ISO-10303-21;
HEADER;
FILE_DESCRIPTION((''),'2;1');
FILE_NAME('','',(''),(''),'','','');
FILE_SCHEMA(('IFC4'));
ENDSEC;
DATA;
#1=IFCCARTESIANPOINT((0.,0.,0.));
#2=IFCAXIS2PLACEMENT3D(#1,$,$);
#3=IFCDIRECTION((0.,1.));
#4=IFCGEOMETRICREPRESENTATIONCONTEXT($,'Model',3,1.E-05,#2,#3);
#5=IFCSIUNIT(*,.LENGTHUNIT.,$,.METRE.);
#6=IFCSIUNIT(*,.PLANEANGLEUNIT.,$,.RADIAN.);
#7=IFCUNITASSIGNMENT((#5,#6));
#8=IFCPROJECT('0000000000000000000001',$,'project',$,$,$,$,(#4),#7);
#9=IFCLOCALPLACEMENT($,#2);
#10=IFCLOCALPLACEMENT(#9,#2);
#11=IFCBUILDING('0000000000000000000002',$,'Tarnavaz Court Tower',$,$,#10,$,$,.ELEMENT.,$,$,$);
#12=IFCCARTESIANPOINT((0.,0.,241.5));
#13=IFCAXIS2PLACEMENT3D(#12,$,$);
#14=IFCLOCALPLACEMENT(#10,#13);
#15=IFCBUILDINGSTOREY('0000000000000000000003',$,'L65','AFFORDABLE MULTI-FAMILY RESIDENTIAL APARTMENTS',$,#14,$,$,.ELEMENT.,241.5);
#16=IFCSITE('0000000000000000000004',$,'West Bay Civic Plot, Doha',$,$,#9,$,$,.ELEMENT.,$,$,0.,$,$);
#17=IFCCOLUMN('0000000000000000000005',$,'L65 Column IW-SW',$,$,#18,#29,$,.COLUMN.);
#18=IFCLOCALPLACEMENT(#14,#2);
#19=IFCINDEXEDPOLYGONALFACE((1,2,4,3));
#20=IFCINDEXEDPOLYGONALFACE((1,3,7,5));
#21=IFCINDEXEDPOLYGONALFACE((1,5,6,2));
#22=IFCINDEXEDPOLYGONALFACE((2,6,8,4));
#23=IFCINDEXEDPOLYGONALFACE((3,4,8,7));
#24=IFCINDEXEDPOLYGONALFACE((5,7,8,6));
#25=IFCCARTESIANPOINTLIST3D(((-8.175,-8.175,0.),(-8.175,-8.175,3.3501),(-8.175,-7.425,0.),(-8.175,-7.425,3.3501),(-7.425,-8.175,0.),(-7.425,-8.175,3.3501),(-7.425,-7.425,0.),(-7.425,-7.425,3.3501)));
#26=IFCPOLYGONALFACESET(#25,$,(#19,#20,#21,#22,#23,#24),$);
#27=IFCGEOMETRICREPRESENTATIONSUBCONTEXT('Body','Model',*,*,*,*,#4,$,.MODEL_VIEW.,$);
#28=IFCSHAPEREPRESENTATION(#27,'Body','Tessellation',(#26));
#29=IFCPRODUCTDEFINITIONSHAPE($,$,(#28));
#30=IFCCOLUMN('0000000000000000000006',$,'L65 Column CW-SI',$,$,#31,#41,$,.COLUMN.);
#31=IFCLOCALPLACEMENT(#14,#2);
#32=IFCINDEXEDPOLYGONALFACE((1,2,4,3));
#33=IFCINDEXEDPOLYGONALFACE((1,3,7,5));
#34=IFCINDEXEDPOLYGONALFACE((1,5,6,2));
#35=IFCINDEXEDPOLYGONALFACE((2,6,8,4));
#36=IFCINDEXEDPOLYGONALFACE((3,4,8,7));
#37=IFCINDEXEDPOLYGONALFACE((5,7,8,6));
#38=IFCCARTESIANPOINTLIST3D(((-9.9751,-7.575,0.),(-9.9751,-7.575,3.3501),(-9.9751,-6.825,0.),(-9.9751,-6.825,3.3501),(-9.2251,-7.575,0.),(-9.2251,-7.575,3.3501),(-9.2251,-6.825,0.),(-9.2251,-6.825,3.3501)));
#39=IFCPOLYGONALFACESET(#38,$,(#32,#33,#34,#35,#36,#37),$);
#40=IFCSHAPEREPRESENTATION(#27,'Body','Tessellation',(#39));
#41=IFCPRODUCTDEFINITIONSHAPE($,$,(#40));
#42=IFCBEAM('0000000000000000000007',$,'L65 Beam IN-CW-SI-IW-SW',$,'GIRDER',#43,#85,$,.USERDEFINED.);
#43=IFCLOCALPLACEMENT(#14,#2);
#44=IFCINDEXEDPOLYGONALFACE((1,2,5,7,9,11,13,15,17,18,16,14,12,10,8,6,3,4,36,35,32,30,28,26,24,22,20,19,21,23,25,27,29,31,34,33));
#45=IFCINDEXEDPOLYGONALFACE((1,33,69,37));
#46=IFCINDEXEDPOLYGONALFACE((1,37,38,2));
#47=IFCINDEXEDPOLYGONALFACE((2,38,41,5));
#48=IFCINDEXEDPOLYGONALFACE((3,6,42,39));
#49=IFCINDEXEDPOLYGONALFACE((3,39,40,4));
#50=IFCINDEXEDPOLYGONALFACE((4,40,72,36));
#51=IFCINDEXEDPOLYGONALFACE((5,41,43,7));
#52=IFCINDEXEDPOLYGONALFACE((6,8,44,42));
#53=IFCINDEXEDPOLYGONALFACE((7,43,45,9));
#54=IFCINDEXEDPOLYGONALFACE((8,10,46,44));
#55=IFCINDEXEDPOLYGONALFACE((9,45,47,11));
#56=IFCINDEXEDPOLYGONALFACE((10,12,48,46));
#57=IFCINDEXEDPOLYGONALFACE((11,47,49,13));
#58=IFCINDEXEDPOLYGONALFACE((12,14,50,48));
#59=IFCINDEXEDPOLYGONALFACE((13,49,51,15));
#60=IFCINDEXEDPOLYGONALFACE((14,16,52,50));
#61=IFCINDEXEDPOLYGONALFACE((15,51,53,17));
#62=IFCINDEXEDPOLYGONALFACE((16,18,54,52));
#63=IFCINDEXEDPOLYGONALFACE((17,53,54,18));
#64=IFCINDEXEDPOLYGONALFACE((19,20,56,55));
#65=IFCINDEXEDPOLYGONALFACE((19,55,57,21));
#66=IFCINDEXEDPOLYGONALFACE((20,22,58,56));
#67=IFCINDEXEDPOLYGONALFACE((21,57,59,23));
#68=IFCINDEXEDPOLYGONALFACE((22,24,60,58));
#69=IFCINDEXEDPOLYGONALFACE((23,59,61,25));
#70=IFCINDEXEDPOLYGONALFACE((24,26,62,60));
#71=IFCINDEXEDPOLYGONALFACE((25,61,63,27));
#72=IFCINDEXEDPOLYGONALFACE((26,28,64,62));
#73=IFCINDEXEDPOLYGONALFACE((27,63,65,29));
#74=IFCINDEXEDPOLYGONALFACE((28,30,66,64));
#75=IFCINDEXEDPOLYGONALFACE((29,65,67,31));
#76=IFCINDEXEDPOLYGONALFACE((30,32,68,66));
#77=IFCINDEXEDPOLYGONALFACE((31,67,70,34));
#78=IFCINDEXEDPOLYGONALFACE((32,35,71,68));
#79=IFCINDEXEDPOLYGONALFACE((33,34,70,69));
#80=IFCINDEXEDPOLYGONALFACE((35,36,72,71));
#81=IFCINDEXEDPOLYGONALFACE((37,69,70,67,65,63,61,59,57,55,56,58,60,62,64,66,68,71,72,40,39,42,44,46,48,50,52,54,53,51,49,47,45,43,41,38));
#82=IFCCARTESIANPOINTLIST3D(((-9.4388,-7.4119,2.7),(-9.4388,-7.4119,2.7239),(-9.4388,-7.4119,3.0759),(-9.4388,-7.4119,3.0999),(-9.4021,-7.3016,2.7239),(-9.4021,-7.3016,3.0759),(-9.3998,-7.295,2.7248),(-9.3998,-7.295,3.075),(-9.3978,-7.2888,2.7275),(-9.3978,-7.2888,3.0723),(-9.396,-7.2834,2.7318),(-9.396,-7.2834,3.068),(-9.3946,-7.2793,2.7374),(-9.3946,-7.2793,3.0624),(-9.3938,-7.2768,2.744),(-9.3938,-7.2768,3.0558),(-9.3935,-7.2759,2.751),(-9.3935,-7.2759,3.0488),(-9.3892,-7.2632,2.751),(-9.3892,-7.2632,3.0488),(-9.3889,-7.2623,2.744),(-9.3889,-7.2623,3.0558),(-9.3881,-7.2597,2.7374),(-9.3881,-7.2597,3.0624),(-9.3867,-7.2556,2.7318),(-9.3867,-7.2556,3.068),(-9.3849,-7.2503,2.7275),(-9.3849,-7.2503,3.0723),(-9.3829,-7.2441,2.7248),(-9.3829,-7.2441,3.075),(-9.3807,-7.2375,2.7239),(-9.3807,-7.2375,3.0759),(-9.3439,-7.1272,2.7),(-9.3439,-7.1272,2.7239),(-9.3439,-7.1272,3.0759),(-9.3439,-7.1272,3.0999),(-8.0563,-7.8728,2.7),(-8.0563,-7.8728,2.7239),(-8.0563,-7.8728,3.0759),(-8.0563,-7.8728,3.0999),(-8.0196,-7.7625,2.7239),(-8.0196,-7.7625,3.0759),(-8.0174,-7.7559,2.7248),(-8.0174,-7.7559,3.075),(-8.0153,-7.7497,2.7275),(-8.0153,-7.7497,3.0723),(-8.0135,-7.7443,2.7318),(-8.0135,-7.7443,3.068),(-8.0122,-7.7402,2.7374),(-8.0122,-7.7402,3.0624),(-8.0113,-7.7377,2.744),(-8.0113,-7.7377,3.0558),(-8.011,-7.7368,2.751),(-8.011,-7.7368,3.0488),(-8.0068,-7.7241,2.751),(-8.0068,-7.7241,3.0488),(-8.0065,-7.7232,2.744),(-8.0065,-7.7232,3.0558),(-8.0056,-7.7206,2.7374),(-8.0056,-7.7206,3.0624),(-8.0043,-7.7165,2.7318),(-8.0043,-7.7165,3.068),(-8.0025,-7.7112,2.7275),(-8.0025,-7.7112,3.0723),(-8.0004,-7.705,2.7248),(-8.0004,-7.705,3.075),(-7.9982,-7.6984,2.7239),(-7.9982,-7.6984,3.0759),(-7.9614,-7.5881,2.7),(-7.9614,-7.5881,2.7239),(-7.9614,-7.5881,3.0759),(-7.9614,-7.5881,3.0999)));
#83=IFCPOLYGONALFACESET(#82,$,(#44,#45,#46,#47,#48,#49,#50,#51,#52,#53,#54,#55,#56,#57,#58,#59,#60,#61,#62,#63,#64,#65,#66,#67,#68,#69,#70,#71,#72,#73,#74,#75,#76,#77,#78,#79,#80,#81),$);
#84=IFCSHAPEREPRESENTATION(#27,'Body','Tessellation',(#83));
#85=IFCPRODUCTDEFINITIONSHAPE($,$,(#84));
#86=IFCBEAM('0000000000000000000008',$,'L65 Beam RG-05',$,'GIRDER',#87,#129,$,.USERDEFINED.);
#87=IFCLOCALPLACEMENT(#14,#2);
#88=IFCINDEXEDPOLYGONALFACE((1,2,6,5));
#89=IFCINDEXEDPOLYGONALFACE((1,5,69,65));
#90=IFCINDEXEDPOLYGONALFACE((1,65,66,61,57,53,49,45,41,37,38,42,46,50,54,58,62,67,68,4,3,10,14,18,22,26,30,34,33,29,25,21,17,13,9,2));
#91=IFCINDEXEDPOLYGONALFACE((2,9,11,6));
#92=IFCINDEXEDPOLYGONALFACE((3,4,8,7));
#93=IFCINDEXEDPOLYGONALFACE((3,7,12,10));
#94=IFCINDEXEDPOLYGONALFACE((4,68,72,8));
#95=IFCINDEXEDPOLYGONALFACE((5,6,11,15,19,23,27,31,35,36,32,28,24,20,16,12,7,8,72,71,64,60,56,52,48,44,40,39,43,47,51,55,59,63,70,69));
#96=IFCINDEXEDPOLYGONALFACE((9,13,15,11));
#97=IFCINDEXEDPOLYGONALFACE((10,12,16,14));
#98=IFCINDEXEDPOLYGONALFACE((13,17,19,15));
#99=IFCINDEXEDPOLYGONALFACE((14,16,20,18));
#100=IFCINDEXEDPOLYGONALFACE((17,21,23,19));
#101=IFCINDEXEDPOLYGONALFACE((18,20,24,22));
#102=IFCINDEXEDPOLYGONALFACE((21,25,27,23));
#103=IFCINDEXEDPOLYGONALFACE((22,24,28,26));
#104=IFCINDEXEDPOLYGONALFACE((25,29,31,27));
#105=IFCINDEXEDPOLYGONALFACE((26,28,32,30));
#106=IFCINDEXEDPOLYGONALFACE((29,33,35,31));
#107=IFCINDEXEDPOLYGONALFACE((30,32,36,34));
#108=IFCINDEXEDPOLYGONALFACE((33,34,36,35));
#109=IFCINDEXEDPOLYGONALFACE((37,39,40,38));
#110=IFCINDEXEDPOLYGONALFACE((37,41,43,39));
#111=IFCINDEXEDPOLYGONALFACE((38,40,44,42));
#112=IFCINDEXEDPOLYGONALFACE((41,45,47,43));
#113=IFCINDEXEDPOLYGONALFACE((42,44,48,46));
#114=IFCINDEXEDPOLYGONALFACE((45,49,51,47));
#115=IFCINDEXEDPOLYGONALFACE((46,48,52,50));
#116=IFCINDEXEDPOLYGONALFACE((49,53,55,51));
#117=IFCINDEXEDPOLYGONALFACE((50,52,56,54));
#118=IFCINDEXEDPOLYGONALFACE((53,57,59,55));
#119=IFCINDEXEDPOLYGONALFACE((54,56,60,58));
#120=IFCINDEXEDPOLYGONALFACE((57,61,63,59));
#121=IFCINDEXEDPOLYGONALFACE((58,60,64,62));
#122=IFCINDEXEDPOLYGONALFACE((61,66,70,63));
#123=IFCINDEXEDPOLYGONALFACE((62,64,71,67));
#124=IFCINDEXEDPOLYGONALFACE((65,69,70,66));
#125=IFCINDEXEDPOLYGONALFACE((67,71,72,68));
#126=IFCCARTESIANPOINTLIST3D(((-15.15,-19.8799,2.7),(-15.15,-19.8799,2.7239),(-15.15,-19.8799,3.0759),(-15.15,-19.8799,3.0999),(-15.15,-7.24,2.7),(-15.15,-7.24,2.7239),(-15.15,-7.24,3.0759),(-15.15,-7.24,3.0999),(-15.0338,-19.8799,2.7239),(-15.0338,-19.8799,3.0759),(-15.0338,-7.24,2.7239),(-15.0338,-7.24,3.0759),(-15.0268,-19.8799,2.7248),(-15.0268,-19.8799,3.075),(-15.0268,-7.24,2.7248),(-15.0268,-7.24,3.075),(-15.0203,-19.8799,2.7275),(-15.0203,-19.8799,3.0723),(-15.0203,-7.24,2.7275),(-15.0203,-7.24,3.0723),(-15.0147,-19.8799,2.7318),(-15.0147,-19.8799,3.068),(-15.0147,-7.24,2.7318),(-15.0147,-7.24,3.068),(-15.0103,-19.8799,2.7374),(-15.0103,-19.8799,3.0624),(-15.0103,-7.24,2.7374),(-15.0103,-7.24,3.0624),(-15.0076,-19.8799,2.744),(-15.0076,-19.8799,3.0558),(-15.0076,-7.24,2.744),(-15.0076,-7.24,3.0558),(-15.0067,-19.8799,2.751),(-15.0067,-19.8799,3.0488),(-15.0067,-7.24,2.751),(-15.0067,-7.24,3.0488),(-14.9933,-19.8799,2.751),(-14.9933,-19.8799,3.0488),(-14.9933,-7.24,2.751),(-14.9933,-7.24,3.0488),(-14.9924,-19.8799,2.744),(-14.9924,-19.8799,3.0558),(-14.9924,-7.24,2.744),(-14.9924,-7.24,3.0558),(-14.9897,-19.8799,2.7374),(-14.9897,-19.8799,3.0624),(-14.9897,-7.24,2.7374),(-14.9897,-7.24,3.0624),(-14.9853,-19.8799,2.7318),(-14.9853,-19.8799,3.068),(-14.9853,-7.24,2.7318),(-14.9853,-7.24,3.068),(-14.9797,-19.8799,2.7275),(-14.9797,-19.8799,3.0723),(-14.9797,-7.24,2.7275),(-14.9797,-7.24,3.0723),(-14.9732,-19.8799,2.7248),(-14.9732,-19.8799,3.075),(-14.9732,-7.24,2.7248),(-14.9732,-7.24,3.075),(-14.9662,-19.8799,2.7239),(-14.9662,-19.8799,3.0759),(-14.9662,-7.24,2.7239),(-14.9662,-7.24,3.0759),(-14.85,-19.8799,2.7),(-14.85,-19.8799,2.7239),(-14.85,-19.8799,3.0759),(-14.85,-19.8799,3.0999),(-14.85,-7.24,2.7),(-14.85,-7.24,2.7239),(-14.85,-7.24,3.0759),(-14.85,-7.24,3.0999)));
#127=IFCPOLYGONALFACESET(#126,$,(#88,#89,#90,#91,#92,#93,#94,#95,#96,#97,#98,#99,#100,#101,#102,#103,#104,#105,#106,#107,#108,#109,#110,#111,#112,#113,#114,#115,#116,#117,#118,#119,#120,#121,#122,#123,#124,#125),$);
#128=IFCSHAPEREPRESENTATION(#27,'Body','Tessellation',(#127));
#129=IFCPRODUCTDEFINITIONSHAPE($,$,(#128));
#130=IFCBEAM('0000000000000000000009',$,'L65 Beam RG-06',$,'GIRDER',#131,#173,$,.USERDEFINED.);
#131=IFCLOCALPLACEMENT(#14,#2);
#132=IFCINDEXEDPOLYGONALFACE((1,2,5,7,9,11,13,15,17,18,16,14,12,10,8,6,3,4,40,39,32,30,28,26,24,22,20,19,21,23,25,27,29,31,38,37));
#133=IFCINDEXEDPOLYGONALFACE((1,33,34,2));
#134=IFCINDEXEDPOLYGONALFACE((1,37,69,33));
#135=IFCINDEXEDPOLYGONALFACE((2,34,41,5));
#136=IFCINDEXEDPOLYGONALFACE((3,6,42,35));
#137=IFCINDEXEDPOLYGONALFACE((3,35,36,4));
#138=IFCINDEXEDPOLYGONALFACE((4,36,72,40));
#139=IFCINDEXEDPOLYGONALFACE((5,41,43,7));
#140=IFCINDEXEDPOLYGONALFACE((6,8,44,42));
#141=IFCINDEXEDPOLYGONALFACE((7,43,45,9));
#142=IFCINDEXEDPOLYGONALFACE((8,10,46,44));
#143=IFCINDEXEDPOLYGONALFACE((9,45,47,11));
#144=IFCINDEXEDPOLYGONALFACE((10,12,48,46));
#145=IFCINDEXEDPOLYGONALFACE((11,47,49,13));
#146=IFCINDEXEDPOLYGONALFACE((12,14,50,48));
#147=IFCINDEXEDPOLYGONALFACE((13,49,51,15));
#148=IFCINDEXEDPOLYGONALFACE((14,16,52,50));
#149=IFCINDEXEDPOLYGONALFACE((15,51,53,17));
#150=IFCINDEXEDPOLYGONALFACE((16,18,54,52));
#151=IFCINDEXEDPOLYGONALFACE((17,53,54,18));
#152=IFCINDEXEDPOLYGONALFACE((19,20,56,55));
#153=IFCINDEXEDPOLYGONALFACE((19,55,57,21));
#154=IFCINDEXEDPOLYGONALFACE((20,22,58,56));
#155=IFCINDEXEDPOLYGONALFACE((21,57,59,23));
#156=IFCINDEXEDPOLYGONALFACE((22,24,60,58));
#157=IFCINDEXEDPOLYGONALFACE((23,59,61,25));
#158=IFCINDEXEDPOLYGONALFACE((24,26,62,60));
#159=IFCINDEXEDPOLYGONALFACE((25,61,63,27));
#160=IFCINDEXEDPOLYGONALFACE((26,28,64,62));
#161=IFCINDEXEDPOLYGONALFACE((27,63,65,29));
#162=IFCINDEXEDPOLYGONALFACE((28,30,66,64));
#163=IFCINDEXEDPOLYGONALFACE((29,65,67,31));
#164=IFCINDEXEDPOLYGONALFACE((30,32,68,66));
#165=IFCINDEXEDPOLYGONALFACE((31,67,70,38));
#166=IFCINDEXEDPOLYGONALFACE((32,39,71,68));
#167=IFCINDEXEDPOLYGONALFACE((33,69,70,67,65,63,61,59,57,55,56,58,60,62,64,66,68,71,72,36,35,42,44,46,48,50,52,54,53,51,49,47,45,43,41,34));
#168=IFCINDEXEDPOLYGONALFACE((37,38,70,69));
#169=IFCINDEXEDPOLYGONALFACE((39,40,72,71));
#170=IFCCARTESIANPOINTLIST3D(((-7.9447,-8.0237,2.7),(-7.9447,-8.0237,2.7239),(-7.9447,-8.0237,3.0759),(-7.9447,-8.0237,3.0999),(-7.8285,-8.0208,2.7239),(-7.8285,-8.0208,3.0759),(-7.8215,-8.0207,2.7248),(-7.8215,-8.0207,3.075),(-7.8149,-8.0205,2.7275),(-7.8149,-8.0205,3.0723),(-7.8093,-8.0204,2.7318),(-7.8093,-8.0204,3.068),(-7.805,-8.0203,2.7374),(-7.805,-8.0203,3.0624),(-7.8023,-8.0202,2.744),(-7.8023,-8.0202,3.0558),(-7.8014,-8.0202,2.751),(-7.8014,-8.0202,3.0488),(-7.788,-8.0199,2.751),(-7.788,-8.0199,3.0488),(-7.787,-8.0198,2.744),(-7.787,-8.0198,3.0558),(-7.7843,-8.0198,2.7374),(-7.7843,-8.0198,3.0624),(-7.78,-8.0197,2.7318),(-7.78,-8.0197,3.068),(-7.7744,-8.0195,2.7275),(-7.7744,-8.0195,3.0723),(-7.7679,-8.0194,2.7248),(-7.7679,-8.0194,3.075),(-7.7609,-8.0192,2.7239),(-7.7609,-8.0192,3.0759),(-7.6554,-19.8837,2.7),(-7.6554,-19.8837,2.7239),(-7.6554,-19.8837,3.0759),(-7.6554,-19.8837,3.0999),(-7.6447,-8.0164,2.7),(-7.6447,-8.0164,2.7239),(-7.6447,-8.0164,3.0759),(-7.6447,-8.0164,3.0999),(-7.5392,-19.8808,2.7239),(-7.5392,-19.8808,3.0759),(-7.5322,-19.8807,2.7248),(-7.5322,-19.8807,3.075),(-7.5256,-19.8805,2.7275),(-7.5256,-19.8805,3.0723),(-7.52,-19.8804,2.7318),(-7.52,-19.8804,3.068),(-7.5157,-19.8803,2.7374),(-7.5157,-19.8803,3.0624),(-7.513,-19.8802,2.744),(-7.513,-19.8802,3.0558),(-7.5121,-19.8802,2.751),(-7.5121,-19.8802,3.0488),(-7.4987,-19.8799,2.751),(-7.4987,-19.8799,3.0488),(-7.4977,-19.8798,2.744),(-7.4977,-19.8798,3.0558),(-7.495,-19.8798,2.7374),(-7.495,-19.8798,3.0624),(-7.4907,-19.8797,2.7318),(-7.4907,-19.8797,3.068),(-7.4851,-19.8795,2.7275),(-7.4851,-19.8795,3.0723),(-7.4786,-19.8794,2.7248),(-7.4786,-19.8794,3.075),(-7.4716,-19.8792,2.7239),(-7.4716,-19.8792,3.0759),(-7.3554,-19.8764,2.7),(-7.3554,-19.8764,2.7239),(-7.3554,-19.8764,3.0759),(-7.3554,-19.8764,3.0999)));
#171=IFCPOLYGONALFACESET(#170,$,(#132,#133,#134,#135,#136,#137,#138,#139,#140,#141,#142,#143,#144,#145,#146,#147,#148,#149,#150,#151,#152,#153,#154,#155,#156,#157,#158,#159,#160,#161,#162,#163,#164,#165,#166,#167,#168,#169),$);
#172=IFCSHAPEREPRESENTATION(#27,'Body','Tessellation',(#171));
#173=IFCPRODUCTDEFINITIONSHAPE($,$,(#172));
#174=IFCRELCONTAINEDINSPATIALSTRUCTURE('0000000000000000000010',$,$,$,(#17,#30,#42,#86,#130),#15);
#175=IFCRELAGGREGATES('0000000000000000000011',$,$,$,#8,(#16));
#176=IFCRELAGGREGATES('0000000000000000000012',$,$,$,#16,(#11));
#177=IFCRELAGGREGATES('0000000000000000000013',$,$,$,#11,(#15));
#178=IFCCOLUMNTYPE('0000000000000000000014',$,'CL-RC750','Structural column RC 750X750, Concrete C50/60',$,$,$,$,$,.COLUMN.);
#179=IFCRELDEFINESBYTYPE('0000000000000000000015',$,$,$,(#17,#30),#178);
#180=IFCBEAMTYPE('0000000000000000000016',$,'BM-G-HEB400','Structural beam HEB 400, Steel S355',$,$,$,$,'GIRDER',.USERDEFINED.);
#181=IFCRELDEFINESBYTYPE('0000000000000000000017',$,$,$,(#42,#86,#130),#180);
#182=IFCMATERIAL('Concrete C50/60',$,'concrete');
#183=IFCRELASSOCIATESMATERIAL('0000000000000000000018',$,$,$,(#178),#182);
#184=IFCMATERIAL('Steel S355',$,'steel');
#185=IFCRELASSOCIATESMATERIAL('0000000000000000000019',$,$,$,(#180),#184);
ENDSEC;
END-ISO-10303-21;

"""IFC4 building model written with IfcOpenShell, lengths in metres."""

from ifc_helpers import new_model, si_unit, direction, frame, origin, origin_2d, place, context, subcontext, project, spatial, rectangle, i_section, extrude, material, material_profile, profile_set, type_object, element, save


model = new_model("IFC4")

# Units and contexts
model_context = context("Model", 3, precision=1e-05, world=origin(), true_north=direction((0.0, 1.0)))
body_context = subcontext(model_context, "Body", "Model", "MODEL_VIEW")
ifc_project = project(units=[si_unit("LENGTHUNIT", "METRE"), si_unit("PLANEANGLEUNIT", "RADIAN")], contexts=[model_context])

# Site, building, storey
site_placement = place(None, origin())
site = spatial("IfcSite", under=ifc_project, at=site_placement, Name="West Bay Civic Plot, Doha", CompositionType="ELEMENT", RefElevation=0.0)
building_placement = place(site_placement, origin())
building = spatial("IfcBuilding", under=site, at=building_placement, Name="Tarnavaz Court Tower", CompositionType="ELEMENT")
storey_placement = place(building_placement, frame((0.0, 0.0, 241.5)))
storey = spatial("IfcBuildingStorey", under=building, at=storey_placement, Name="L65", Description="AFFORDABLE MULTI-FAMILY RESIDENTIAL APARTMENTS", CompositionType="ELEMENT", Elevation=241.5)

# Columns
ifc_material_1 = material(Name="Concrete C50/60", Category="concrete")
ifc_material_profile_1 = material_profile(ifc_material_1, rectangle(XDim=0.75, YDim=0.75, at=origin_2d()), Name="RC 750X750")
ifc_profile_set_1 = profile_set([ifc_material_profile_1], Name="Concrete C50/60")
column_type = type_object("IfcColumnType", Name="CL-RC750", Description="Structural column RC 750X750, Concrete C50/60", PredefinedType="COLUMN", material=ifc_profile_set_1)
for number, where, z_axis, x_axis, name in (
    (1, (-7.8, -7.8, 0.0), (0.0, 0.0, 1.0), (1.0, 0.0, 0.0), "L65 Column IW-SW"),
    (2, (-9.6001, -7.2, 0.0), (0.0, 0.0, 1.0), (1.0, 0.0, 0.0), "L65 Column CW-SI"),
):
    element("IfcColumn", number, at=place(storey_placement, frame(where, z_axis=z_axis, x_axis=x_axis)), inside=storey, type_object=column_type, Name=name, PredefinedType="COLUMN", context=body_context, shape_type="SweptSolid", body=[
        extrude(rectangle(XDim=0.75, YDim=0.75, at=origin_2d()), origin(), (0.0, 0.0, 1.0), 3.3501),
    ])

# Beams
ifc_material_2 = material(Name="Steel S355", Category="steel")
ifc_material_profile_2 = material_profile(ifc_material_2, i_section(OverallWidth=0.3, OverallDepth=0.3999, WebThickness=0.0134, FlangeThickness=0.0239, FilletRadius=0.0271, at=origin_2d()), Name="HEB 400")
ifc_profile_set_2 = profile_set([ifc_material_profile_2], Name="Steel S355")
beam_type_1 = type_object("IfcBeamType", Name="BM-G-HEB400", Description="Structural beam HEB 400, Steel S355", ElementType="GIRDER", PredefinedType="USERDEFINED", material=ifc_profile_set_2)
beam_1_placement = place(storey_placement, frame((-9.3914, -7.2695, 2.8999), z_axis=(0.948667, -0.316278, 0.0), x_axis=(0.316278, 0.948667, 0.0)))
element("IfcBeam", 3, at=beam_1_placement, inside=storey, type_object=beam_type_1, Name="L65 Beam IN-CW-SI-IW-SW", ObjectType="GIRDER", PredefinedType="USERDEFINED", context=body_context, shape_type="SweptSolid", body=[
    extrude(i_section(OverallWidth=0.3, OverallDepth=0.3999, WebThickness=0.0134, FlangeThickness=0.0239, FilletRadius=0.0271, at=origin_2d()), origin(), (0.0, 0.0, 1.0), 1.4573),
])
beam_2_placement = place(storey_placement, frame((-15.0, -7.24, 2.8999), z_axis=(0.0, -1.0, 0.0), x_axis=(1.0, 0.0, 0.0)))
element("IfcBeam", 4, at=beam_2_placement, inside=storey, type_object=beam_type_1, Name="L65 Beam RG-05", ObjectType="GIRDER", PredefinedType="USERDEFINED", context=body_context, shape_type="SweptSolid", body=[
    extrude(i_section(OverallWidth=0.3, OverallDepth=0.3999, WebThickness=0.0134, FlangeThickness=0.0239, FilletRadius=0.0271, at=origin_2d()), origin(), (0.0, 0.0, 1.0), 12.6399),
])
beam_3_placement = place(storey_placement, frame((-7.7947, -8.02, 2.8999), z_axis=(0.024386, -0.999703, 0.0), x_axis=(0.999703, 0.024386, 0.0)))
element("IfcBeam", 5, at=beam_3_placement, inside=storey, type_object=beam_type_1, Name="L65 Beam RG-06", ObjectType="GIRDER", PredefinedType="USERDEFINED", context=body_context, shape_type="SweptSolid", body=[
    extrude(i_section(OverallWidth=0.3, OverallDepth=0.3999, WebThickness=0.0134, FlangeThickness=0.0239, FilletRadius=0.0271, at=origin_2d()), origin(), (0.0, 0.0, 1.0), 11.8635),
])

save(model, "model.ifc")
